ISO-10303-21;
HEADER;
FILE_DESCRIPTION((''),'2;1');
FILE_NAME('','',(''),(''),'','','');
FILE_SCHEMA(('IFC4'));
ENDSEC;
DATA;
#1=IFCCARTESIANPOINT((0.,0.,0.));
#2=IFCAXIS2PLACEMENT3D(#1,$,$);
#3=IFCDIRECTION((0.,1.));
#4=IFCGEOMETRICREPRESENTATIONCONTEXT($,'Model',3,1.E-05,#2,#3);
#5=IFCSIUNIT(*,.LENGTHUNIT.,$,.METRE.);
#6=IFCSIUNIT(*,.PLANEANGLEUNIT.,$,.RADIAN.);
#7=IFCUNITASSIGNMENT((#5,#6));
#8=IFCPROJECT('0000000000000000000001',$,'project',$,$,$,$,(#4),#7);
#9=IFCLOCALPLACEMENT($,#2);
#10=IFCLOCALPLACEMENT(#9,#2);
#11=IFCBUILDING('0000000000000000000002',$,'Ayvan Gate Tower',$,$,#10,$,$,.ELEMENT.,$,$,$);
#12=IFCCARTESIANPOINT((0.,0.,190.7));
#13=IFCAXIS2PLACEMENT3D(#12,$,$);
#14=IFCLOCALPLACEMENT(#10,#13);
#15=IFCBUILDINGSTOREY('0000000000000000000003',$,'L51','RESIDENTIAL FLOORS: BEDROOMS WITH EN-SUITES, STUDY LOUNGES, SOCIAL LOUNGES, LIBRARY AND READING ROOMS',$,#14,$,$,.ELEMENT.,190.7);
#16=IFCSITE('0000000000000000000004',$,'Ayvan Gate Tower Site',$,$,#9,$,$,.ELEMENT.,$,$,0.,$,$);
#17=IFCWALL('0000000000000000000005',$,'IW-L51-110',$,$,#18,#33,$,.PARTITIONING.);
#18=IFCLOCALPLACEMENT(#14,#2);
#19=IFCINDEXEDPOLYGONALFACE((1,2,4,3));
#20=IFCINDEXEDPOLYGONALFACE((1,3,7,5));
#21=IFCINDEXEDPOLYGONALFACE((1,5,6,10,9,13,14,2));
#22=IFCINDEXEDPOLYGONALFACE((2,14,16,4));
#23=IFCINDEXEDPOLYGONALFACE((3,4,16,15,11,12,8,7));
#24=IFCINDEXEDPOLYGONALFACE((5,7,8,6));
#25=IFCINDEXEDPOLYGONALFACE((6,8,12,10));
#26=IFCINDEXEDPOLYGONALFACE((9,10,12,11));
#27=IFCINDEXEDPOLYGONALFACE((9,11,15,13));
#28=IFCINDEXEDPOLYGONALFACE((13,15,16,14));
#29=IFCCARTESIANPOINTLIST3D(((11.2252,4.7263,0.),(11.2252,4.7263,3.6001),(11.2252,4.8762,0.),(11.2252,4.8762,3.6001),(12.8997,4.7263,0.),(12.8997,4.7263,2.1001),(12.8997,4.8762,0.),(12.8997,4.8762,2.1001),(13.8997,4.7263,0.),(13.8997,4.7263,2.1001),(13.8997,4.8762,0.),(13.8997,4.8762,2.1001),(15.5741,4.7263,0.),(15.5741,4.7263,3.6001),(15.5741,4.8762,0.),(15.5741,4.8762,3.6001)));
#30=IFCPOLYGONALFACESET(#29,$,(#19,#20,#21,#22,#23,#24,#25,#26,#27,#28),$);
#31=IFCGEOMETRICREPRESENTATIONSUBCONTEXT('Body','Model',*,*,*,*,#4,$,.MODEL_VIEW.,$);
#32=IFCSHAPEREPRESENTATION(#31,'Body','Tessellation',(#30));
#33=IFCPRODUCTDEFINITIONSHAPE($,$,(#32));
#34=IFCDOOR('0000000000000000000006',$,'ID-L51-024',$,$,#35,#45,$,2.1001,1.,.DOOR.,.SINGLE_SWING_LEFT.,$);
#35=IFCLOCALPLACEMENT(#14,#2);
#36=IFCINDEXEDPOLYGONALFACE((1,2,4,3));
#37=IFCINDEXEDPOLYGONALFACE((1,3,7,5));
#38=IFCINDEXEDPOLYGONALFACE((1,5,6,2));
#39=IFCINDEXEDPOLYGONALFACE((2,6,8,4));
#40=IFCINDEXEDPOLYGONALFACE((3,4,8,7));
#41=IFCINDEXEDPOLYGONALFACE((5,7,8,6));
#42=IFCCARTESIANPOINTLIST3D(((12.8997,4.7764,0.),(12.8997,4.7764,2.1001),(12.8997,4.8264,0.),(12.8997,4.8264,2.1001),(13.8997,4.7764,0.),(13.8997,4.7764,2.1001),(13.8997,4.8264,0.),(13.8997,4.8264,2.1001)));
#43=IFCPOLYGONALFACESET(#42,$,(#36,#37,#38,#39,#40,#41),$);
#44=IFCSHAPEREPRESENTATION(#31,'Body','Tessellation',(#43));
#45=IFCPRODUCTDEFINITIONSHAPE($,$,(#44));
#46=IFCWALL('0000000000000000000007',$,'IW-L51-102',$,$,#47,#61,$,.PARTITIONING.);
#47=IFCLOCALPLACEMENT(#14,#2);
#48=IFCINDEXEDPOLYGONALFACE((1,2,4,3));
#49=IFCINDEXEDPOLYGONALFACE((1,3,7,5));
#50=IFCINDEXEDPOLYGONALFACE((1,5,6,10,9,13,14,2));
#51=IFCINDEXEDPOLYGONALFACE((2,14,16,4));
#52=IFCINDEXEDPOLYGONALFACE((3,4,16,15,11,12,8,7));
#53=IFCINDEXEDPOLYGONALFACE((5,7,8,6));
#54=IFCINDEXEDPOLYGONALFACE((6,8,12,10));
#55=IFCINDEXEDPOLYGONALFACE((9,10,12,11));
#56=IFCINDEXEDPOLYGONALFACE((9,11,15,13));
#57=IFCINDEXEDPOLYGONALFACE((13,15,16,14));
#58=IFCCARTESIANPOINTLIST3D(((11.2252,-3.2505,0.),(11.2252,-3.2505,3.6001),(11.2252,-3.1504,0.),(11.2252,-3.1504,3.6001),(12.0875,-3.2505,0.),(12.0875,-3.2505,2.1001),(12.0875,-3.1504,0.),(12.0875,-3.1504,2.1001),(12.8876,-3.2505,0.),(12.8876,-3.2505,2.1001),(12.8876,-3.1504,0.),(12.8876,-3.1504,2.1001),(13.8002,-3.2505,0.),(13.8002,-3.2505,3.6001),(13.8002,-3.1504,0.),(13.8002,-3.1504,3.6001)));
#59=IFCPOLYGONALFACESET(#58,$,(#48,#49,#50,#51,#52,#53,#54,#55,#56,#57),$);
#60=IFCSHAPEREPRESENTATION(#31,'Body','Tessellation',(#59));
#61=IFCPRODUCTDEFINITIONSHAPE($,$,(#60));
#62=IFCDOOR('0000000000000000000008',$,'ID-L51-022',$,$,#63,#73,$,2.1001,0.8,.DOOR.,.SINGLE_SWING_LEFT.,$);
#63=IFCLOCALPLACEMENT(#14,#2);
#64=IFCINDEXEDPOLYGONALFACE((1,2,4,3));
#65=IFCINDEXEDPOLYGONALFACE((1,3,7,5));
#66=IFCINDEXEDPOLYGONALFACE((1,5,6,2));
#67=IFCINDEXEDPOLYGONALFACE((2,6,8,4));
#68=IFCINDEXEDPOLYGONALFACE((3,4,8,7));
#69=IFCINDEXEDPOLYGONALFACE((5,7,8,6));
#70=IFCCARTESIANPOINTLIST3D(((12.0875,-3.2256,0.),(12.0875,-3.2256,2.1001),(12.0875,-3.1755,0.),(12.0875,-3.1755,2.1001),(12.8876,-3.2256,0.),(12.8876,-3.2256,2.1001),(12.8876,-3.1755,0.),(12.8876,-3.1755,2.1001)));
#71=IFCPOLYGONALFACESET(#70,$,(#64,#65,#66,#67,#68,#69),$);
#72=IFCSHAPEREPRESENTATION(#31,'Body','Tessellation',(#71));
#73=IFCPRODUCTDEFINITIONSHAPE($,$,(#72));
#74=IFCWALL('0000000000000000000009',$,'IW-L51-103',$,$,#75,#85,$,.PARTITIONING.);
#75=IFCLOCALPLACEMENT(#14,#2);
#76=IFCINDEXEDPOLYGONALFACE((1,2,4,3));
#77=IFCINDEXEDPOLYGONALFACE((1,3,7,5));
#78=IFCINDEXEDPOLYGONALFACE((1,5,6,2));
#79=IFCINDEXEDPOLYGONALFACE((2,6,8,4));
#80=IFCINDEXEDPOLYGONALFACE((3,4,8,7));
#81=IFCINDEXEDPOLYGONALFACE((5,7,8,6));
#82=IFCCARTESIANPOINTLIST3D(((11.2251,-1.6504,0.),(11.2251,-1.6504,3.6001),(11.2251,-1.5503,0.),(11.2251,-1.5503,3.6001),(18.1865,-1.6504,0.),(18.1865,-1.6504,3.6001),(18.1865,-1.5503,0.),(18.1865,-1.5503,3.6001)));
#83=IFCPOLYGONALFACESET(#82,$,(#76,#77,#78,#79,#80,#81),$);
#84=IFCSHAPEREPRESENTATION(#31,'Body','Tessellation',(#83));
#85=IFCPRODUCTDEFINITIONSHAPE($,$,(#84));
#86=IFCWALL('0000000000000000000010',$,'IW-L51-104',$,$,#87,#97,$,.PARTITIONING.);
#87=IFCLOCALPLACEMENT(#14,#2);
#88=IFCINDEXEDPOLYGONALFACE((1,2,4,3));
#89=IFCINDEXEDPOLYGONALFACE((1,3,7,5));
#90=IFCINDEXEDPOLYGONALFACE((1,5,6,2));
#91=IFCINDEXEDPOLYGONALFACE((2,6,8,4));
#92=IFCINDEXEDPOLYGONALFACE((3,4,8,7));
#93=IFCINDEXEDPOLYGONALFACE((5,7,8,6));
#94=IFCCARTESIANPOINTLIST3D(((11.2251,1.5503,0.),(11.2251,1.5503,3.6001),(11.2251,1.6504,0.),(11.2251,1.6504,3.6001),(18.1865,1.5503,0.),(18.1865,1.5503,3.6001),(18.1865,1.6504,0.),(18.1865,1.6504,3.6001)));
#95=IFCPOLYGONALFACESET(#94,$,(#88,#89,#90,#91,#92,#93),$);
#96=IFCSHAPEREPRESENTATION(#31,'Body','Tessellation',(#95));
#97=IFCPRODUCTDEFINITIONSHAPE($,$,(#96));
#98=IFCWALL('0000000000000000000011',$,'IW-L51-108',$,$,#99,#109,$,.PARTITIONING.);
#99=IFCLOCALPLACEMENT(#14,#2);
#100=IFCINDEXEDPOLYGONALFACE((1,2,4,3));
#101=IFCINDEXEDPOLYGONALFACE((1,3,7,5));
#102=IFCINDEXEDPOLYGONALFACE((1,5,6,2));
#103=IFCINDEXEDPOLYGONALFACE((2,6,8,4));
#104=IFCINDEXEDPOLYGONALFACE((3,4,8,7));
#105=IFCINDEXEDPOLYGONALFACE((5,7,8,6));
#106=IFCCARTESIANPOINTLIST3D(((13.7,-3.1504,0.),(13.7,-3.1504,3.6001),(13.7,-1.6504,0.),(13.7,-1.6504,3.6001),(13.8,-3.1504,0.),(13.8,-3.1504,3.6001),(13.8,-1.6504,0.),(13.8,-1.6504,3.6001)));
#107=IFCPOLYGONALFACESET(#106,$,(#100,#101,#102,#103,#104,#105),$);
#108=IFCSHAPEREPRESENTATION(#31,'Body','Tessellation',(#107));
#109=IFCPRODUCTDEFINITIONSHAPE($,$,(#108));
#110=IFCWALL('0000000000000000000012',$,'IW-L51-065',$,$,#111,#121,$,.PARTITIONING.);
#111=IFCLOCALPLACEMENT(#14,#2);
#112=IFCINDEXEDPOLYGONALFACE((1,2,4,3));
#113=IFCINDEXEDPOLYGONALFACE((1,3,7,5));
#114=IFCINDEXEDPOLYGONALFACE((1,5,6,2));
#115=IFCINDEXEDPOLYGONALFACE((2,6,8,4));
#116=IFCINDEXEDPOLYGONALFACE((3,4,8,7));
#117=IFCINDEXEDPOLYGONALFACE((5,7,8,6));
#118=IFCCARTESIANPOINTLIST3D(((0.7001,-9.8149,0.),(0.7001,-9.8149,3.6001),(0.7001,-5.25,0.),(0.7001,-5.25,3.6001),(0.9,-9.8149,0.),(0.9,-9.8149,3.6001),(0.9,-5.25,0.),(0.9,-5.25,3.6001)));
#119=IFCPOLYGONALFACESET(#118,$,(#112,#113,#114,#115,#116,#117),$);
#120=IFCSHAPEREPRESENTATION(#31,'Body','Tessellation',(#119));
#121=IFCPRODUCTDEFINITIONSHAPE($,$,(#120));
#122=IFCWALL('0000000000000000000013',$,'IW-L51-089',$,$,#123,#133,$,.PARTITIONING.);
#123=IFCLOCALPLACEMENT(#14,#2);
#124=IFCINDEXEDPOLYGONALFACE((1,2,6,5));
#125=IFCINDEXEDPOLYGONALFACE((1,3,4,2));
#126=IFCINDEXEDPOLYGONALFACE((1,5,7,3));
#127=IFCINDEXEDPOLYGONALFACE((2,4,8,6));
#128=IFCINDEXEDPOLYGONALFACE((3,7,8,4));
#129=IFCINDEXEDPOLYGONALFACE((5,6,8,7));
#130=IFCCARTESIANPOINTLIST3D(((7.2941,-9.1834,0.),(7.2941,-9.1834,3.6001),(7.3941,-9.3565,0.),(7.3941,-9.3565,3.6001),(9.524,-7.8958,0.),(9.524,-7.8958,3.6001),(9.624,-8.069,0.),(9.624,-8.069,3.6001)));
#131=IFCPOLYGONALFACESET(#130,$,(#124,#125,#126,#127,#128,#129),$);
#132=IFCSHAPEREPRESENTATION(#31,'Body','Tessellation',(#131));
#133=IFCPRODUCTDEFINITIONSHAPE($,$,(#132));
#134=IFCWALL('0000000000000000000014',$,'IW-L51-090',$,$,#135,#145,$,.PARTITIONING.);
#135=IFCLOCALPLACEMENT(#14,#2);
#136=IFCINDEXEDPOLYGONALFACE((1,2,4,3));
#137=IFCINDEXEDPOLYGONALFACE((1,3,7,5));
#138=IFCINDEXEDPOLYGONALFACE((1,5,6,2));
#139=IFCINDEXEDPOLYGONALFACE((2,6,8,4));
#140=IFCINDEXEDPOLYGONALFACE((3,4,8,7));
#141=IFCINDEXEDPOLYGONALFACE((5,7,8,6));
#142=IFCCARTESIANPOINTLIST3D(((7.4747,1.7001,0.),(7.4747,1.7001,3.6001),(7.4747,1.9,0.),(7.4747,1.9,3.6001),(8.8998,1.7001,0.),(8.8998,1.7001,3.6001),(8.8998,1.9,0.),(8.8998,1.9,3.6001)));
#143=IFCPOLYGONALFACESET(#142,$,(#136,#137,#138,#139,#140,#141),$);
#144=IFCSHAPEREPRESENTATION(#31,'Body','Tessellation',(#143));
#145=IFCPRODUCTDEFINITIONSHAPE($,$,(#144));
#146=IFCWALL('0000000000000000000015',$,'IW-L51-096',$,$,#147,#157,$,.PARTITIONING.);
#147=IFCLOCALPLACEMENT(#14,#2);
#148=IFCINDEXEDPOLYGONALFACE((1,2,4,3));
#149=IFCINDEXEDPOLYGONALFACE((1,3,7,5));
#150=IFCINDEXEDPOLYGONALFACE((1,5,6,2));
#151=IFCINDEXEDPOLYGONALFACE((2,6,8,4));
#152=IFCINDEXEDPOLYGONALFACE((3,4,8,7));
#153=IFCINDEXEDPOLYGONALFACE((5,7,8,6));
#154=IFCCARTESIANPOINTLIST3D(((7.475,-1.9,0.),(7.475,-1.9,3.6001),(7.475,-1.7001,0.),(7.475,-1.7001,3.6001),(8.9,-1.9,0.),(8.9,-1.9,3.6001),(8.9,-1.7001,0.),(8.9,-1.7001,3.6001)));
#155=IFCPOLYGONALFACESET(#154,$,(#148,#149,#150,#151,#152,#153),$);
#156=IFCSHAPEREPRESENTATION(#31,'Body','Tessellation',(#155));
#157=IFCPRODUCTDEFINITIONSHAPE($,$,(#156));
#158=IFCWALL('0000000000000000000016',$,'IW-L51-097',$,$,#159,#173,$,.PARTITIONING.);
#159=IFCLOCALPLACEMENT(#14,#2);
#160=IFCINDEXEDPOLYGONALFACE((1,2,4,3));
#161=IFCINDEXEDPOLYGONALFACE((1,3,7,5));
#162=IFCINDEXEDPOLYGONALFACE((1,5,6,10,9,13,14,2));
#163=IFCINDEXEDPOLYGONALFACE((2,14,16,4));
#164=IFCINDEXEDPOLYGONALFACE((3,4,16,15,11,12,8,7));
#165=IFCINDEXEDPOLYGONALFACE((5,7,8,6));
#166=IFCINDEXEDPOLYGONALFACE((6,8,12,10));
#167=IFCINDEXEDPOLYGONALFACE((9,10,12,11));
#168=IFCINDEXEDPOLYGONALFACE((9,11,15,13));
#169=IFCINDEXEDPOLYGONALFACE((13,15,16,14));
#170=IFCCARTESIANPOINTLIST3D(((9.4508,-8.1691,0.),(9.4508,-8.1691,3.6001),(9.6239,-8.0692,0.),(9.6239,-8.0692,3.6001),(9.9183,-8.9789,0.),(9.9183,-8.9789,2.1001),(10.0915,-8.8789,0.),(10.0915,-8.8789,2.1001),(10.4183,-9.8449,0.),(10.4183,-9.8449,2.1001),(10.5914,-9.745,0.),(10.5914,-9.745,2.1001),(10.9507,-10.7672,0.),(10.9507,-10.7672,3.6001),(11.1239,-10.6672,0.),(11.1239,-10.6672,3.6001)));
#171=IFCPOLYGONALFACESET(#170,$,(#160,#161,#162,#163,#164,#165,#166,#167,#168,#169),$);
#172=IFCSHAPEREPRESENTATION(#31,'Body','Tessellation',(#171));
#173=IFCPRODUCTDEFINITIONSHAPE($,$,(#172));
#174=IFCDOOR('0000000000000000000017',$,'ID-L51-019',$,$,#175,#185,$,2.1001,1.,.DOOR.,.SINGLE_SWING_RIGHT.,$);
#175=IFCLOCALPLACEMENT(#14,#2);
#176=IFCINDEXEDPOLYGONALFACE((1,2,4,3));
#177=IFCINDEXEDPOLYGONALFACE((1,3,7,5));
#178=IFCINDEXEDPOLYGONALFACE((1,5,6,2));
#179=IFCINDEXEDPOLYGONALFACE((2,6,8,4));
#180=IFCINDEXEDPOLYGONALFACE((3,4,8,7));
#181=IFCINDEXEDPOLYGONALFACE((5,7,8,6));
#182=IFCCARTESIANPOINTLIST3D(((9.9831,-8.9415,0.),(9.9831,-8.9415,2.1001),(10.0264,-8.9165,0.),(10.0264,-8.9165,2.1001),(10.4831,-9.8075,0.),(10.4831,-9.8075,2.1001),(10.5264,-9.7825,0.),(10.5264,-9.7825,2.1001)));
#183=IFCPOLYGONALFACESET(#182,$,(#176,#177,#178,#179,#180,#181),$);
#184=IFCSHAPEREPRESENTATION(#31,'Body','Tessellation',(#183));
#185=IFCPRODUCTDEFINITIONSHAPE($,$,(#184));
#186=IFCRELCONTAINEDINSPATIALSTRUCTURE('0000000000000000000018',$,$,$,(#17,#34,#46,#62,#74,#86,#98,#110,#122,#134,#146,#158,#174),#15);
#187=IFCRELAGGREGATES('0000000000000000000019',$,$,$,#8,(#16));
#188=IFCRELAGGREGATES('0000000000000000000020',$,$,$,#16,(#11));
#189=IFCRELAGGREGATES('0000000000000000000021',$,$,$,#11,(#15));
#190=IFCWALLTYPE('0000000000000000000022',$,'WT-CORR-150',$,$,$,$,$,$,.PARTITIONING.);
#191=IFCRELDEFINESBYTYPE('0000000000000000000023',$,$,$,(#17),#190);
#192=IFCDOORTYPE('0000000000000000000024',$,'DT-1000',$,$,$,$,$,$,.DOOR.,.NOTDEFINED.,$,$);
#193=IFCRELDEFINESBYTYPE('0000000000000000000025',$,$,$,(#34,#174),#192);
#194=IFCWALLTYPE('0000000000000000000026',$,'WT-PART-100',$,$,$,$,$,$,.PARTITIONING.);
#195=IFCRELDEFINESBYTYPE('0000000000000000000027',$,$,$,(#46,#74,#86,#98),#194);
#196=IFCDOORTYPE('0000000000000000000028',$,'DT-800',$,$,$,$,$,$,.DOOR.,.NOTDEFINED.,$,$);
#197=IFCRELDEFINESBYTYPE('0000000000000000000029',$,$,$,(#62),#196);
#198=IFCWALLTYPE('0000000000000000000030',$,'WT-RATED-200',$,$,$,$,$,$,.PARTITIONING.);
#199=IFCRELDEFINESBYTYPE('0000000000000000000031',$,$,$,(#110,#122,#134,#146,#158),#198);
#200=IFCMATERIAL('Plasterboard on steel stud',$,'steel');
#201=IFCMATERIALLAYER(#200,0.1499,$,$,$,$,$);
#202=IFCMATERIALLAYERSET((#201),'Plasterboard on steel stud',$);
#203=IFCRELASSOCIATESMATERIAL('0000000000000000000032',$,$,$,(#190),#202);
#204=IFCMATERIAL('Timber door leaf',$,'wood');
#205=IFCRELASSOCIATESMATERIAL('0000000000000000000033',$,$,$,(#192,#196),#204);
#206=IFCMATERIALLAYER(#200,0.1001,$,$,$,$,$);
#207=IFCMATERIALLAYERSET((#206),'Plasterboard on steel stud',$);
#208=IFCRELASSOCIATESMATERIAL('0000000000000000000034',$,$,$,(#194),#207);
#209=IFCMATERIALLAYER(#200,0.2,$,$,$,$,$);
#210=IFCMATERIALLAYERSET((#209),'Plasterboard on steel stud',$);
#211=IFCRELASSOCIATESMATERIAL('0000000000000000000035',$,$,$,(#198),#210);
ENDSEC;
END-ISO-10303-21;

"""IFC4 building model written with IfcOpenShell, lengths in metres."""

from ifc_helpers import new_model, si_unit, direction, frame, frame_2d, origin, place, context, subcontext, project, spatial, rectangle, extrude, material, layer, layer_set, type_object, element, fill, save


model = new_model("IFC4")

# Units and contexts
model_context = context("Model", 3, precision=1e-05, world=origin(), true_north=direction((0.0, 1.0)))
body_context = subcontext(model_context, "Body", "Model", "MODEL_VIEW")
ifc_project = project(units=[si_unit("LENGTHUNIT", "METRE"), si_unit("PLANEANGLEUNIT", "RADIAN")], contexts=[model_context])

# Site, building, storey
site_placement = place(None, origin())
site = spatial("IfcSite", under=ifc_project, at=site_placement, Name="Ayvan Gate Tower Site", CompositionType="ELEMENT", RefElevation=0.0)
building_placement = place(site_placement, origin())
building = spatial("IfcBuilding", under=site, at=building_placement, Name="Ayvan Gate Tower", CompositionType="ELEMENT")
storey_placement = place(building_placement, frame((0.0, 0.0, 190.7)))
storey = spatial("IfcBuildingStorey", under=building, at=storey_placement, Name="L51", Description="RESIDENTIAL FLOORS: BEDROOMS WITH EN-SUITES, STUDY LOUNGES, SOCIAL LOUNGES, LIBRARY AND READING ROOMS", CompositionType="ELEMENT", Elevation=190.7)

# Walls, openings, doors
ifc_material_1 = material(Name="Timber door leaf", Category="wood")
ifc_material_2 = material(Name="Plasterboard on steel stud", Category="steel")
ifc_layer_1 = layer(ifc_material_2, 0.1499)
ifc_layer_set_1 = layer_set([ifc_layer_1], Name="Plasterboard on steel stud")
wall_type_1 = type_object("IfcWallType", Name="WT-CORR-150", PredefinedType="PARTITIONING", material=ifc_layer_set_1)
door_type_1 = type_object("IfcDoorType", Name="DT-1000", OperationType="NOTDEFINED", PredefinedType="DOOR", material=ifc_material_1)
wall_1_placement = place(storey_placement, frame((15.574, 4.8013, 0.0), z_axis=(0.0, 0.0, 1.0), x_axis=(-1.0, 0.0, 0.0)))
wall_1 = element("IfcWall", 1, at=wall_1_placement, inside=storey, type_object=wall_type_1, Name="IW-L51-110", PredefinedType="PARTITIONING", context=body_context, shape_type="SweptSolid", body=[
    extrude(rectangle(XDim=4.3489, YDim=0.1499, at=frame_2d((2.1743, 0.0))), origin(), (0.0, 0.0, 1.0), 3.6001),
])
opening_1_placement = place(wall_1_placement, frame((1.6743, 0.0, 0.0)))
opening_1 = element("IfcOpeningElement", 2, at=opening_1_placement, cuts=wall_1, PredefinedType="OPENING", context=body_context, shape_type="SweptSolid", body=[
    extrude(rectangle(XDim=1.0, YDim=2.1001, at=frame_2d((0.5, 1.05))), frame((0.0, 0.085, 0.0), z_axis=(0.0, -1.0, 0.0), x_axis=(1.0, 0.0, 0.0)), (0.0, 0.0, 1.0), 0.1699),
])
door_1_placement = place(opening_1_placement, origin())
door_1 = element("IfcDoor", 3, at=door_1_placement, inside=storey, type_object=door_type_1, Name="ID-L51-024", OperationType="SINGLE_SWING_LEFT", OverallHeight=2.1001, OverallWidth=1.0, PredefinedType="DOOR", context=body_context, shape_type="SweptSolid", body=[
    extrude(rectangle(XDim=1.0, YDim=2.1001, at=frame_2d((0.5, 1.05))), frame((0.0, 0.0249, 0.0), z_axis=(0.0, -1.0, 0.0), x_axis=(1.0, 0.0, 0.0)), (0.0, 0.0, 1.0), 0.05),
])
fill(opening_1, door_1)
ifc_layer_2 = layer(ifc_material_2, 0.1001)
ifc_layer_set_2 = layer_set([ifc_layer_2], Name="Plasterboard on steel stud")
wall_type_2 = type_object("IfcWallType", Name="WT-PART-100", PredefinedType="PARTITIONING", material=ifc_layer_set_2)
wall_2_placement = place(storey_placement, frame((11.2251, -3.2004, 0.0), z_axis=(0.0, 0.0, 1.0), x_axis=(1.0, 0.0, 0.0)))
wall_2 = element("IfcWall", 4, at=wall_2_placement, inside=storey, type_object=wall_type_2, Name="IW-L51-102", PredefinedType="PARTITIONING", context=body_context, shape_type="SweptSolid", body=[
    extrude(rectangle(XDim=2.575, YDim=0.1001, at=frame_2d((1.2876, 0.0))), origin(), (0.0, 0.0, 1.0), 3.6001),
])
opening_2_placement = place(wall_2_placement, frame((0.8625, 0.0, 0.0)))
opening_2 = element("IfcOpeningElement", 5, at=opening_2_placement, cuts=wall_2, PredefinedType="OPENING", context=body_context, shape_type="SweptSolid", body=[
    extrude(rectangle(XDim=0.8, YDim=2.1001, at=frame_2d((0.3999, 1.05))), frame((0.0, 0.0601, 0.0), z_axis=(0.0, -1.0, 0.0), x_axis=(1.0, 0.0, 0.0)), (0.0, 0.0, 1.0), 0.1201),
])
door_type_2 = type_object("IfcDoorType", Name="DT-800", OperationType="NOTDEFINED", PredefinedType="DOOR", material=ifc_material_1)
door_2_placement = place(opening_2_placement, origin())
door_2 = element("IfcDoor", 6, at=door_2_placement, inside=storey, type_object=door_type_2, Name="ID-L51-022", OperationType="SINGLE_SWING_LEFT", OverallHeight=2.1001, OverallWidth=0.8, PredefinedType="DOOR", context=body_context, shape_type="SweptSolid", body=[
    extrude(rectangle(XDim=0.8, YDim=2.1001, at=frame_2d((0.3999, 1.05))), frame((0.0, 0.0249, 0.0), z_axis=(0.0, -1.0, 0.0), x_axis=(1.0, 0.0, 0.0)), (0.0, 0.0, 1.0), 0.05),
])
fill(opening_2, door_2)

# Walls
for number, where, z_axis, x_axis, name in (
    (7, (11.2251, -1.6003, 0.0), (0.0, 0.0, 1.0), (1.0, 0.0, 0.0), "IW-L51-103"),
    (8, (11.2251, 1.6003, 0.0), (0.0, 0.0, 1.0), (1.0, 0.0, 0.0), "IW-L51-104"),
):
    element("IfcWall", number, at=place(storey_placement, frame(where, z_axis=z_axis, x_axis=x_axis)), inside=storey, type_object=wall_type_2, Name=name, PredefinedType="PARTITIONING", context=body_context, shape_type="SweptSolid", body=[
        extrude(rectangle(XDim=6.9614, YDim=0.1001, at=frame_2d((3.4807, 0.0))), origin(), (0.0, 0.0, 1.0), 3.6001),
    ])
wall_3_placement = place(storey_placement, frame((13.75, -3.1504, 0.0), z_axis=(0.0, 0.0, 1.0), x_axis=(0.0, 1.0, 0.0)))
element("IfcWall", 9, at=wall_3_placement, inside=storey, type_object=wall_type_2, Name="IW-L51-108", PredefinedType="PARTITIONING", context=body_context, shape_type="SweptSolid", body=[
    extrude(rectangle(XDim=1.5, YDim=0.1001, at=frame_2d((0.75, 0.0))), origin(), (0.0, 0.0, 1.0), 3.6001),
])
ifc_layer_3 = layer(ifc_material_2, 0.2)
ifc_layer_set_3 = layer_set([ifc_layer_3], Name="Plasterboard on steel stud")
wall_type_3 = type_object("IfcWallType", Name="WT-RATED-200", PredefinedType="PARTITIONING", material=ifc_layer_set_3)
wall_4_placement = place(storey_placement, frame((0.8, -5.25, 0.0), z_axis=(0.0, 0.0, 1.0), x_axis=(0.0, -1.0, 0.0)))
element("IfcWall", 10, at=wall_4_placement, inside=storey, type_object=wall_type_3, Name="IW-L51-065", PredefinedType="PARTITIONING", context=body_context, shape_type="SweptSolid", body=[
    extrude(rectangle(XDim=4.5649, YDim=0.2, at=frame_2d((2.2825, 0.0))), origin(), (0.0, 0.0, 1.0), 3.6001),
])
wall_5_placement = place(storey_placement, frame((7.344, -9.27, 0.0), z_axis=(0.0, 0.0, 1.0), x_axis=(0.866006, 0.500034, 0.0)))
element("IfcWall", 11, at=wall_5_placement, inside=storey, type_object=wall_type_3, Name="IW-L51-089", PredefinedType="PARTITIONING", context=body_context, shape_type="SweptSolid", body=[
    extrude(rectangle(XDim=2.575, YDim=0.2, at=frame_2d((1.2876, 0.0))), origin(), (0.0, 0.0, 1.0), 3.6001),
])
for number, where, z_axis, x_axis, name in (
    (12, (7.4749, 1.8, 0.0), (0.0, 0.0, 1.0), (1.0, 0.0, 0.0), "IW-L51-090"),
    (13, (8.8999, -1.8, 0.0), (0.0, 0.0, 1.0), (-1.0, 0.0, 0.0), "IW-L51-096"),
):
    element("IfcWall", number, at=place(storey_placement, frame(where, z_axis=z_axis, x_axis=x_axis)), inside=storey, type_object=wall_type_3, Name=name, PredefinedType="PARTITIONING", context=body_context, shape_type="SweptSolid", body=[
        extrude(rectangle(XDim=1.425, YDim=0.2, at=frame_2d((0.7124, 0.0))), origin(), (0.0, 0.0, 1.0), 3.6001),
    ])

# Wall, opening, door
wall_6_placement = place(storey_placement, frame((9.5374, -8.1191, 0.0), z_axis=(0.0, 0.0, 1.0), x_axis=(0.49999, -0.866031, 0.0)))
wall_6 = element("IfcWall", 14, at=wall_6_placement, inside=storey, type_object=wall_type_3, Name="IW-L51-097", PredefinedType="PARTITIONING", context=body_context, shape_type="SweptSolid", body=[
    extrude(rectangle(XDim=3.0, YDim=0.2, at=frame_2d((1.5, 0.0))), origin(), (0.0, 0.0, 1.0), 3.6001),
])
opening_3_placement = place(wall_6_placement, frame((0.9351, 0.0, 0.0)))
opening_3 = element("IfcOpeningElement", 15, at=opening_3_placement, cuts=wall_6, PredefinedType="OPENING", context=body_context, shape_type="SweptSolid", body=[
    extrude(rectangle(XDim=1.0, YDim=2.1001, at=frame_2d((0.5, 1.05))), frame((0.0, 0.1099, 0.0), z_axis=(0.0, -1.0, 0.0), x_axis=(1.0, 0.0, 0.0)), (0.0, 0.0, 1.0), 0.22),
])
door_3_placement = place(opening_3_placement, origin())
door_3 = element("IfcDoor", 16, at=door_3_placement, inside=storey, type_object=door_type_1, Name="ID-L51-019", OperationType="SINGLE_SWING_RIGHT", OverallHeight=2.1001, OverallWidth=1.0, PredefinedType="DOOR", context=body_context, shape_type="SweptSolid", body=[
    extrude(rectangle(XDim=1.0, YDim=2.1001, at=frame_2d((0.5, 1.05))), frame((0.0, 0.0249, 0.0), z_axis=(0.0, -1.0, 0.0), x_axis=(1.0, 0.0, 0.0)), (0.0, 0.0, 1.0), 0.05),
])
fill(opening_3, door_3)

save(model, "model.ifc")
